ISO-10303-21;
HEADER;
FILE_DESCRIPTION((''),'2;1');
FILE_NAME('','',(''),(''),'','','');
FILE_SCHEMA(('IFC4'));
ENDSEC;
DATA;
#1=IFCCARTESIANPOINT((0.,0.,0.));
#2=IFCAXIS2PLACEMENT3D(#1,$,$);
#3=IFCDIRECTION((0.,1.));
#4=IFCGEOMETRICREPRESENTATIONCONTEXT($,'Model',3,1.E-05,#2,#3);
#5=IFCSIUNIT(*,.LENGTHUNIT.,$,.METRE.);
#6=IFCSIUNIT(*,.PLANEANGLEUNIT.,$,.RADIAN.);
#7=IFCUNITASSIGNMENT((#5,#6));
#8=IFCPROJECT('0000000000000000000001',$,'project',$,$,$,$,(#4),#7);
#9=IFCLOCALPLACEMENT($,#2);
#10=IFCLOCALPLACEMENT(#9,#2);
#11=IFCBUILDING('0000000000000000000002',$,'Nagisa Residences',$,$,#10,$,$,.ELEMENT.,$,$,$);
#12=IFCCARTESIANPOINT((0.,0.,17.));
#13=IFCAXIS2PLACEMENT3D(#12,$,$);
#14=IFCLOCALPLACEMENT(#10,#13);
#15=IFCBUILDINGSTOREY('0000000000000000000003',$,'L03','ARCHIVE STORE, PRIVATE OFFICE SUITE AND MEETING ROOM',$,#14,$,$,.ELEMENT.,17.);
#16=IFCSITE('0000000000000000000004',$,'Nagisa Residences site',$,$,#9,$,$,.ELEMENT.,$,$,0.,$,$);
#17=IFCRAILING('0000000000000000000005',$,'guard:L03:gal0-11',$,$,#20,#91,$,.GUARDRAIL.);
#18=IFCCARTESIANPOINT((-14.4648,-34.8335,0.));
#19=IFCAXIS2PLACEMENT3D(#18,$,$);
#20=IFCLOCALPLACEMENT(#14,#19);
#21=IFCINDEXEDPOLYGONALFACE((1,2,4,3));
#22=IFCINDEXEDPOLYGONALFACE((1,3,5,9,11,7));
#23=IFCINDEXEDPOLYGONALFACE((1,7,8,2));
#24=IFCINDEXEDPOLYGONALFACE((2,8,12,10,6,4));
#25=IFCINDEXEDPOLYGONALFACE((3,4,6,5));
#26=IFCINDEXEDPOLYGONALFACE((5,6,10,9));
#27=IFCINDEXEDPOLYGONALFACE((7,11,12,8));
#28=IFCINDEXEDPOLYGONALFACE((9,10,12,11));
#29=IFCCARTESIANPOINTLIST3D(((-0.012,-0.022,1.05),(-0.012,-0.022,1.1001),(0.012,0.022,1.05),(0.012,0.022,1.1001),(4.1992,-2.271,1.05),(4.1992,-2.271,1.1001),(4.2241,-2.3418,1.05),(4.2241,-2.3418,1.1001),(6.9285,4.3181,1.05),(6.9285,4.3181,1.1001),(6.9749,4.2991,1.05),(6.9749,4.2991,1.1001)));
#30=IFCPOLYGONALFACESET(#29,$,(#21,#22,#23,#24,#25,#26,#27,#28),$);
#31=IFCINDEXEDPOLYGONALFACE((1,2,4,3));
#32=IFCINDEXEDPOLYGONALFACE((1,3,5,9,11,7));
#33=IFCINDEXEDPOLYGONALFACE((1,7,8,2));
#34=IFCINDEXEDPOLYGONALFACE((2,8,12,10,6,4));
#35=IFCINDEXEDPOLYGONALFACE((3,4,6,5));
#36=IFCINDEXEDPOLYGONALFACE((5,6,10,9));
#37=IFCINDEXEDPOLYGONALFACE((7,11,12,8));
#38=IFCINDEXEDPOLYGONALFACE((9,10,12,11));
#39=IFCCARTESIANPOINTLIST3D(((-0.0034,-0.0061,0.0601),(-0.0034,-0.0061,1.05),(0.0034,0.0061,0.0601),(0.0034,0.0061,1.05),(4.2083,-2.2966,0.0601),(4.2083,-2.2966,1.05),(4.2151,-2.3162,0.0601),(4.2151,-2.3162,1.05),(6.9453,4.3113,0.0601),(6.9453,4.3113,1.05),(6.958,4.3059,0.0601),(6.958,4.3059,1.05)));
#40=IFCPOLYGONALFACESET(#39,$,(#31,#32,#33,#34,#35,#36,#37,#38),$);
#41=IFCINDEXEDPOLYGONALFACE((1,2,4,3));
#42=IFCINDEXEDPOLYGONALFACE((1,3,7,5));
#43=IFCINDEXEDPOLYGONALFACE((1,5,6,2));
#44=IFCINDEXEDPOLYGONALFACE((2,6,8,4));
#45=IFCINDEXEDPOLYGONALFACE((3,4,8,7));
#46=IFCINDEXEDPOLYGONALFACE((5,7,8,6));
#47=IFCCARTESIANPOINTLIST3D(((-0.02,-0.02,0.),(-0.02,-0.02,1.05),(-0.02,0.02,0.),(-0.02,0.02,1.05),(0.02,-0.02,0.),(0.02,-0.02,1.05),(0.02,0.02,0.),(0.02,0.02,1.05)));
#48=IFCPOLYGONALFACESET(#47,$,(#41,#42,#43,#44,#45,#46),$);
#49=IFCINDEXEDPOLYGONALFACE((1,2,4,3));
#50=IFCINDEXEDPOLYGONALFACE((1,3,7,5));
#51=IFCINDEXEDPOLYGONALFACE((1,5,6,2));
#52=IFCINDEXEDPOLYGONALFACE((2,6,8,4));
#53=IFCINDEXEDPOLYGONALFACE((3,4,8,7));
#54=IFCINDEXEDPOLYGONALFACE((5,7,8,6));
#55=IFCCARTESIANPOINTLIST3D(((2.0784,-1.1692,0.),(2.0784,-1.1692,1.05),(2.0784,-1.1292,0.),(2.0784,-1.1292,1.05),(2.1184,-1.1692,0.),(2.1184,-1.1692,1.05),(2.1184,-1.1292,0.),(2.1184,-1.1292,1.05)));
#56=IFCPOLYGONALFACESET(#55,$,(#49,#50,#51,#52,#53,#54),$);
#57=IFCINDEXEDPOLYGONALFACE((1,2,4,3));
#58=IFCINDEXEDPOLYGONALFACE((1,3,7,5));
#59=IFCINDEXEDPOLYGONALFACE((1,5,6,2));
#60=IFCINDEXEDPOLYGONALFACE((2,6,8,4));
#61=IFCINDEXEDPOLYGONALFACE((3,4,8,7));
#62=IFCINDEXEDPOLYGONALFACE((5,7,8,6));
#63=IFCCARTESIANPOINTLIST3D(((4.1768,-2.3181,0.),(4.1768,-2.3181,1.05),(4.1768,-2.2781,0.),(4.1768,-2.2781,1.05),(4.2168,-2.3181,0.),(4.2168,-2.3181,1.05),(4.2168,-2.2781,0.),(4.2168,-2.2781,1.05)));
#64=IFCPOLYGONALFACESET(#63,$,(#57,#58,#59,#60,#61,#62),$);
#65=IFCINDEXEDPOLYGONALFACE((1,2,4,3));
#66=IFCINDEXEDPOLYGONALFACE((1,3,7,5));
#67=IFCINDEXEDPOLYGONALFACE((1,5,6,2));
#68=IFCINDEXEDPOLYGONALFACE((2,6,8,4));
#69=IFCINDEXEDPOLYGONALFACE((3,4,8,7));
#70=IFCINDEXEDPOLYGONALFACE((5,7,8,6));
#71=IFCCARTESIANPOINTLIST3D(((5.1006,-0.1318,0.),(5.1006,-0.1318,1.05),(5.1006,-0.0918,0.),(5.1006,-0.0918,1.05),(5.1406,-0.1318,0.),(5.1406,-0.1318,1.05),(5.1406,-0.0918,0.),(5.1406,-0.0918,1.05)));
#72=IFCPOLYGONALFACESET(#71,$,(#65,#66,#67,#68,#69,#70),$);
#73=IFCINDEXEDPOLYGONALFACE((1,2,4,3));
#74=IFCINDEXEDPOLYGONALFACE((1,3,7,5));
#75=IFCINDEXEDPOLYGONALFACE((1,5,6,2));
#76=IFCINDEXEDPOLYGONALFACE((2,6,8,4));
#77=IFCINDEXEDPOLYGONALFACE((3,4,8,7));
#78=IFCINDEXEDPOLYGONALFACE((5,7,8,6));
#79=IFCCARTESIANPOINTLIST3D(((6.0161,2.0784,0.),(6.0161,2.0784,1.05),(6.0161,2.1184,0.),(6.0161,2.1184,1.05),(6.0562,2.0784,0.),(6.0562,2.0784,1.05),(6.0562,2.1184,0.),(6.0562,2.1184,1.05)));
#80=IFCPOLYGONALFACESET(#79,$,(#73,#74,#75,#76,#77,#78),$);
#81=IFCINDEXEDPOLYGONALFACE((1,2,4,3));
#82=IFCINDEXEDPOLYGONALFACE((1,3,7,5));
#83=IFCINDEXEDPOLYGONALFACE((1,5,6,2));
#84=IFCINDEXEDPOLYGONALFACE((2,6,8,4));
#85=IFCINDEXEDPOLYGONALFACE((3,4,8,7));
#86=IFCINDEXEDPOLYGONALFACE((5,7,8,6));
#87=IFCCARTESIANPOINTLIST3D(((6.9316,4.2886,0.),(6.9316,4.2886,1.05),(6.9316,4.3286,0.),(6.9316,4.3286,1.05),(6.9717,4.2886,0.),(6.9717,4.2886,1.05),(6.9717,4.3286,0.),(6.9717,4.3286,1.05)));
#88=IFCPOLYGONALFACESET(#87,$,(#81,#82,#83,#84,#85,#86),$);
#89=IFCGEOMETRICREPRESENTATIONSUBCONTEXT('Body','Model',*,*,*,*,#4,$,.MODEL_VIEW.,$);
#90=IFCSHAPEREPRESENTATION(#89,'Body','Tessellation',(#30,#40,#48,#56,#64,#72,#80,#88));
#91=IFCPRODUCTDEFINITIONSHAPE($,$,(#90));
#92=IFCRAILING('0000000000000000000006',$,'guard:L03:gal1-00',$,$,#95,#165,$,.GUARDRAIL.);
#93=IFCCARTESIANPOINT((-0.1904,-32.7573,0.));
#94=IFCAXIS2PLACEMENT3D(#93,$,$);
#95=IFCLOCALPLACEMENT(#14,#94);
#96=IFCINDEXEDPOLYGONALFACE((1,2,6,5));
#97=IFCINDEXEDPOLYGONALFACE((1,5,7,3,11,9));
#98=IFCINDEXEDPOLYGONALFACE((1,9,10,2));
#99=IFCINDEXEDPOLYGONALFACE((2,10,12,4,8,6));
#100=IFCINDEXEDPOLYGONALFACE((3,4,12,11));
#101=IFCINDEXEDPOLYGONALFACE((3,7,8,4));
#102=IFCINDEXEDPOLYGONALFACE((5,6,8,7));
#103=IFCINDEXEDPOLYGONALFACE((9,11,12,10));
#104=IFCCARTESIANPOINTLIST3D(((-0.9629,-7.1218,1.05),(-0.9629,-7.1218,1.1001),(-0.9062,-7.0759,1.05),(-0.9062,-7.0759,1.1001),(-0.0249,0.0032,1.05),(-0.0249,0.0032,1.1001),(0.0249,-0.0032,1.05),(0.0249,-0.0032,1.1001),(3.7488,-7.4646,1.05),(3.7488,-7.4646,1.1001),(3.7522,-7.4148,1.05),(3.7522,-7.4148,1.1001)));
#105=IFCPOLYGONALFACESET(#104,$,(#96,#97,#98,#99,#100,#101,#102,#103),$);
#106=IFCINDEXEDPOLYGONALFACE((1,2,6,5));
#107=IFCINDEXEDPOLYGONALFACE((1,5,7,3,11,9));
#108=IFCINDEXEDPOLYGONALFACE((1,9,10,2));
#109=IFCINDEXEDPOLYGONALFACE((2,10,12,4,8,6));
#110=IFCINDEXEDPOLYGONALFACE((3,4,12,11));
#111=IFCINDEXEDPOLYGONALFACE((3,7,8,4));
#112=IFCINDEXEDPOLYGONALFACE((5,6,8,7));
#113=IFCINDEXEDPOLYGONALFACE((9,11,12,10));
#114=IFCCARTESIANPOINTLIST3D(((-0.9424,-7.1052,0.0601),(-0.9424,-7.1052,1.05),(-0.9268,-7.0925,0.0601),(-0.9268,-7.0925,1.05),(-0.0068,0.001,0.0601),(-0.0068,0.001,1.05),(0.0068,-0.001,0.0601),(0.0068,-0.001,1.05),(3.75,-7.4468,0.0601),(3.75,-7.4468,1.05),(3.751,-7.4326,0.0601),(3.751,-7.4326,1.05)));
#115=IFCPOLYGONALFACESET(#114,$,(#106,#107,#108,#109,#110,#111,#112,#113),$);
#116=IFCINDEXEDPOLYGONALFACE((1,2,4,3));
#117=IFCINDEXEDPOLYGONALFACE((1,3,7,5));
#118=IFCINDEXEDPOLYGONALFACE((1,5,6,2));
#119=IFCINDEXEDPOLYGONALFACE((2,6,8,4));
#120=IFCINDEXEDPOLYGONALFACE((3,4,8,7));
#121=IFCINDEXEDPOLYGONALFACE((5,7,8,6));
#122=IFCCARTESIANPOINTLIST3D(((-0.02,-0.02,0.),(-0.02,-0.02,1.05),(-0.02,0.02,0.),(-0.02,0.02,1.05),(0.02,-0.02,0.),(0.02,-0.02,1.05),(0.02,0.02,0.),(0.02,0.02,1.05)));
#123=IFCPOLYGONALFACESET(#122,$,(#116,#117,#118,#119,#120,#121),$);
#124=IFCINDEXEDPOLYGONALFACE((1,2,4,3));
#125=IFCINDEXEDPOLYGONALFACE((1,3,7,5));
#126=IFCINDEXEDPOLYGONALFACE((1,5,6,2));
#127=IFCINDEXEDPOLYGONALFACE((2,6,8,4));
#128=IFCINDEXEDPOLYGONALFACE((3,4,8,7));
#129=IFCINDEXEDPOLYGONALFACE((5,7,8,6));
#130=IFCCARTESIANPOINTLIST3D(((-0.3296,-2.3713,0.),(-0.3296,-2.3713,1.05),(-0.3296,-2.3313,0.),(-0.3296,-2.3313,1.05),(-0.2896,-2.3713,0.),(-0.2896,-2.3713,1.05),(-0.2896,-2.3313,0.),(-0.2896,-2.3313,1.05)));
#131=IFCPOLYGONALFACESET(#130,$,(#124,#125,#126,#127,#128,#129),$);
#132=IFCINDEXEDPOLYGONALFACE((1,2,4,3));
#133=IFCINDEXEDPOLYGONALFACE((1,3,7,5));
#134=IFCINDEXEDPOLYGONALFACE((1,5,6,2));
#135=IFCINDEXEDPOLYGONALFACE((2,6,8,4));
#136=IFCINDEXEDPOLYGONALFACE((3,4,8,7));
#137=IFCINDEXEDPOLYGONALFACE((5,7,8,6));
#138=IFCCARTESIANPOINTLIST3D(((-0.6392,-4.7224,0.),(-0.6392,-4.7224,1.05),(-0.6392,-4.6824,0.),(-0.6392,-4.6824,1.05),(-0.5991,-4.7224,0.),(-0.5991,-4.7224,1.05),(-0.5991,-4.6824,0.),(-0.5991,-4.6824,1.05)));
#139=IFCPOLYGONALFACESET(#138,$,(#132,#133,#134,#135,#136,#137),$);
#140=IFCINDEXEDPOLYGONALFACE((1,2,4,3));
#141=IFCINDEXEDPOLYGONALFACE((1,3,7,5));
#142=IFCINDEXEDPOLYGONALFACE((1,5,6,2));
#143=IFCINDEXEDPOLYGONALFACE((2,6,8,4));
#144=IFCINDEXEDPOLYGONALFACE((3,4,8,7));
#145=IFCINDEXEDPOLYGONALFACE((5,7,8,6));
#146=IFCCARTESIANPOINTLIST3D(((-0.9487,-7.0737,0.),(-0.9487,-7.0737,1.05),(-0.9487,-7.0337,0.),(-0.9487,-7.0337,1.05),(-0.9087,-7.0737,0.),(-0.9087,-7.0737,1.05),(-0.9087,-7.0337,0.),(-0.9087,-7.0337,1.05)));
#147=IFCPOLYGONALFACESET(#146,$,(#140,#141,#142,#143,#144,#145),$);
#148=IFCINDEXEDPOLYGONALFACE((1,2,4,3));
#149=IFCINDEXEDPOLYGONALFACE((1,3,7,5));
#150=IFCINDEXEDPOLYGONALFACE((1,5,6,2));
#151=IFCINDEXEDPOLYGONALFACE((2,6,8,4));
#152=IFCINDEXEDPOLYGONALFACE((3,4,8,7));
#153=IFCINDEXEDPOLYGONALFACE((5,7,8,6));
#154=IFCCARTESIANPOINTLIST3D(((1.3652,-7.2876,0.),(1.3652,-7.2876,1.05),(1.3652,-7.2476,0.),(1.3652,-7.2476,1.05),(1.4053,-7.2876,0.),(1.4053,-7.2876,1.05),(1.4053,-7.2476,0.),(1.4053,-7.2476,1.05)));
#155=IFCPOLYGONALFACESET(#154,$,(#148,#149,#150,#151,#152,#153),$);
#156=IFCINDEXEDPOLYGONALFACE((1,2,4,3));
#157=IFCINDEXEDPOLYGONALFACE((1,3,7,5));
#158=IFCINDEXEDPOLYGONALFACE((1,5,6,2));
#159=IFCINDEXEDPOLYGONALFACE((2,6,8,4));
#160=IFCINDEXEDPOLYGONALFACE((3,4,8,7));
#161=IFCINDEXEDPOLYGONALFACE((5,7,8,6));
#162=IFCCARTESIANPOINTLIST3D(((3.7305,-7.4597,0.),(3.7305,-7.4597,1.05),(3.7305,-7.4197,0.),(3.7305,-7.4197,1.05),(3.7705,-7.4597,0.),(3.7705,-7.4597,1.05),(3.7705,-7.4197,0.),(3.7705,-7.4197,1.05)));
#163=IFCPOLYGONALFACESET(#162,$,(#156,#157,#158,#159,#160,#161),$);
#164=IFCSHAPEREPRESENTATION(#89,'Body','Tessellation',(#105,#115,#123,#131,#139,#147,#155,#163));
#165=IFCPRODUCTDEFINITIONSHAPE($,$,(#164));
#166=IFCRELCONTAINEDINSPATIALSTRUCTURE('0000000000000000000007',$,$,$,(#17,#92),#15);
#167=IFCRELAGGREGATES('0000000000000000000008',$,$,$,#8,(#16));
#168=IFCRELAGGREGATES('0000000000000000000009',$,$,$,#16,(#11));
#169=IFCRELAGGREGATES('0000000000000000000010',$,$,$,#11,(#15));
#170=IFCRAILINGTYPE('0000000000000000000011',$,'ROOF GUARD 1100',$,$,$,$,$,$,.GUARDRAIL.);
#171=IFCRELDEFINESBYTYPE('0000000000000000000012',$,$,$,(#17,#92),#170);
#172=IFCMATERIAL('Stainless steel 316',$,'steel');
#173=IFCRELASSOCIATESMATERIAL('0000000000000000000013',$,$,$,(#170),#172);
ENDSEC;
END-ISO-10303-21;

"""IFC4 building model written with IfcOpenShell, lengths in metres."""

from ifc_helpers import new_model, si_unit, direction, frame, origin, origin_2d, place, context, subcontext, project, spatial, polyline, rectangle, outline, extrude, material, type_object, element, save


model = new_model("IFC4")

# Units and contexts
model_context = context("Model", 3, precision=1e-05, world=origin(), true_north=direction((0.0, 1.0)))
body_context = subcontext(model_context, "Body", "Model", "MODEL_VIEW")
ifc_project = project(units=[si_unit("LENGTHUNIT", "METRE"), si_unit("PLANEANGLEUNIT", "RADIAN")], contexts=[model_context])

# Site, building, storey
site_placement = place(None, origin())
site = spatial("IfcSite", under=ifc_project, at=site_placement, Name="Nagisa Residences site", CompositionType="ELEMENT", RefElevation=0.0)
building_placement = place(site_placement, origin())
building = spatial("IfcBuilding", under=site, at=building_placement, Name="Nagisa Residences", CompositionType="ELEMENT")
storey_placement = place(building_placement, frame((0.0, 0.0, 17.0)))
storey = spatial("IfcBuildingStorey", under=building, at=storey_placement, Name="L03", Description="ARCHIVE STORE, PRIVATE OFFICE SUITE AND MEETING ROOM", CompositionType="ELEMENT", Elevation=17.0)

# Railings
ifc_material_1 = material(Name="Stainless steel 316", Category="steel")
railing_type = type_object("IfcRailingType", Name="ROOF GUARD 1100", PredefinedType="GUARDRAIL", material=ifc_material_1)
railing_1_placement = place(storey_placement, frame((-14.4648, -34.8335, 0.0)))
element("IfcRailing", 1, at=railing_1_placement, inside=storey, type_object=railing_type, Name="guard:L03:gal0-11", PredefinedType="GUARDRAIL", context=body_context, shape_type="SweptSolid", body=[
    extrude(outline(polyline([(4.1992, -2.271), (0.012, 0.022), (-0.012, -0.022), (4.2241, -2.3418), (6.9749, 4.2991), (6.9285, 4.3181), (4.1992, -2.271)])), frame((0.0, 0.0, 1.05)), (0.0, 0.0, 1.0), 0.05),
    extrude(outline(polyline([(4.2083, -2.2966), (0.0034, 0.0061), (-0.0034, -0.0061), (4.2151, -2.3162), (6.958, 4.3059), (6.9453, 4.3113), (4.2083, -2.2966)])), frame((0.0, 0.0, 0.0601)), (0.0, 0.0, 1.0), 0.99),
    extrude(rectangle(XDim=0.04, YDim=0.04, at=origin_2d()), origin(), (0.0, 0.0, 1.0), 1.05),
    extrude(rectangle(XDim=0.04, YDim=0.04, at=origin_2d()), frame((2.0984, -1.1492, 0.0)), (0.0, 0.0, 1.0), 1.05),
    extrude(rectangle(XDim=0.04, YDim=0.04, at=origin_2d()), frame((4.1968, -2.2981, 0.0)), (0.0, 0.0, 1.0), 1.05),
    extrude(rectangle(XDim=0.04, YDim=0.04, at=origin_2d()), frame((5.1206, -0.1118, 0.0)), (0.0, 0.0, 1.0), 1.05),
    extrude(rectangle(XDim=0.04, YDim=0.04, at=origin_2d()), frame((6.0361, 2.0984, 0.0)), (0.0, 0.0, 1.0), 1.05),
    extrude(rectangle(XDim=0.04, YDim=0.04, at=origin_2d()), frame((6.9517, 4.3086, 0.0)), (0.0, 0.0, 1.0), 1.05),
])
railing_2_placement = place(storey_placement, frame((-0.1904, -32.7573, 0.0)))
element("IfcRailing", 2, at=railing_2_placement, inside=storey, type_object=railing_type, Name="guard:L03:gal1-00", PredefinedType="GUARDRAIL", context=body_context, shape_type="SweptSolid", body=[
    extrude(outline(polyline([(-0.9062, -7.0759), (0.0249, -0.0032), (-0.0249, 0.0032), (-0.9629, -7.1218), (3.7488, -7.4646), (3.7522, -7.4148), (-0.9062, -7.0759)])), frame((0.0, 0.0, 1.05)), (0.0, 0.0, 1.0), 0.05),
    extrude(outline(polyline([(-0.9268, -7.0925), (0.0068, -0.001), (-0.0068, 0.001), (-0.9424, -7.1052), (3.75, -7.4468), (3.751, -7.4326), (-0.9268, -7.0925)])), frame((0.0, 0.0, 0.0601)), (0.0, 0.0, 1.0), 0.99),
    extrude(rectangle(XDim=0.04, YDim=0.04, at=origin_2d()), origin(), (0.0, 0.0, 1.0), 1.05),
    extrude(rectangle(XDim=0.04, YDim=0.04, at=origin_2d()), frame((-0.3096, -2.3513, 0.0)), (0.0, 0.0, 1.0), 1.05),
    extrude(rectangle(XDim=0.04, YDim=0.04, at=origin_2d()), frame((-0.6191, -4.7024, 0.0)), (0.0, 0.0, 1.0), 1.05),
    extrude(rectangle(XDim=0.04, YDim=0.04, at=origin_2d()), frame((-0.9287, -7.0537, 0.0)), (0.0, 0.0, 1.0), 1.05),
    extrude(rectangle(XDim=0.04, YDim=0.04, at=origin_2d()), frame((1.3853, -7.2676, 0.0)), (0.0, 0.0, 1.0), 1.05),
    extrude(rectangle(XDim=0.04, YDim=0.04, at=origin_2d()), frame((3.7505, -7.4397, 0.0)), (0.0, 0.0, 1.0), 1.05),
])

save(model, "model.ifc")
